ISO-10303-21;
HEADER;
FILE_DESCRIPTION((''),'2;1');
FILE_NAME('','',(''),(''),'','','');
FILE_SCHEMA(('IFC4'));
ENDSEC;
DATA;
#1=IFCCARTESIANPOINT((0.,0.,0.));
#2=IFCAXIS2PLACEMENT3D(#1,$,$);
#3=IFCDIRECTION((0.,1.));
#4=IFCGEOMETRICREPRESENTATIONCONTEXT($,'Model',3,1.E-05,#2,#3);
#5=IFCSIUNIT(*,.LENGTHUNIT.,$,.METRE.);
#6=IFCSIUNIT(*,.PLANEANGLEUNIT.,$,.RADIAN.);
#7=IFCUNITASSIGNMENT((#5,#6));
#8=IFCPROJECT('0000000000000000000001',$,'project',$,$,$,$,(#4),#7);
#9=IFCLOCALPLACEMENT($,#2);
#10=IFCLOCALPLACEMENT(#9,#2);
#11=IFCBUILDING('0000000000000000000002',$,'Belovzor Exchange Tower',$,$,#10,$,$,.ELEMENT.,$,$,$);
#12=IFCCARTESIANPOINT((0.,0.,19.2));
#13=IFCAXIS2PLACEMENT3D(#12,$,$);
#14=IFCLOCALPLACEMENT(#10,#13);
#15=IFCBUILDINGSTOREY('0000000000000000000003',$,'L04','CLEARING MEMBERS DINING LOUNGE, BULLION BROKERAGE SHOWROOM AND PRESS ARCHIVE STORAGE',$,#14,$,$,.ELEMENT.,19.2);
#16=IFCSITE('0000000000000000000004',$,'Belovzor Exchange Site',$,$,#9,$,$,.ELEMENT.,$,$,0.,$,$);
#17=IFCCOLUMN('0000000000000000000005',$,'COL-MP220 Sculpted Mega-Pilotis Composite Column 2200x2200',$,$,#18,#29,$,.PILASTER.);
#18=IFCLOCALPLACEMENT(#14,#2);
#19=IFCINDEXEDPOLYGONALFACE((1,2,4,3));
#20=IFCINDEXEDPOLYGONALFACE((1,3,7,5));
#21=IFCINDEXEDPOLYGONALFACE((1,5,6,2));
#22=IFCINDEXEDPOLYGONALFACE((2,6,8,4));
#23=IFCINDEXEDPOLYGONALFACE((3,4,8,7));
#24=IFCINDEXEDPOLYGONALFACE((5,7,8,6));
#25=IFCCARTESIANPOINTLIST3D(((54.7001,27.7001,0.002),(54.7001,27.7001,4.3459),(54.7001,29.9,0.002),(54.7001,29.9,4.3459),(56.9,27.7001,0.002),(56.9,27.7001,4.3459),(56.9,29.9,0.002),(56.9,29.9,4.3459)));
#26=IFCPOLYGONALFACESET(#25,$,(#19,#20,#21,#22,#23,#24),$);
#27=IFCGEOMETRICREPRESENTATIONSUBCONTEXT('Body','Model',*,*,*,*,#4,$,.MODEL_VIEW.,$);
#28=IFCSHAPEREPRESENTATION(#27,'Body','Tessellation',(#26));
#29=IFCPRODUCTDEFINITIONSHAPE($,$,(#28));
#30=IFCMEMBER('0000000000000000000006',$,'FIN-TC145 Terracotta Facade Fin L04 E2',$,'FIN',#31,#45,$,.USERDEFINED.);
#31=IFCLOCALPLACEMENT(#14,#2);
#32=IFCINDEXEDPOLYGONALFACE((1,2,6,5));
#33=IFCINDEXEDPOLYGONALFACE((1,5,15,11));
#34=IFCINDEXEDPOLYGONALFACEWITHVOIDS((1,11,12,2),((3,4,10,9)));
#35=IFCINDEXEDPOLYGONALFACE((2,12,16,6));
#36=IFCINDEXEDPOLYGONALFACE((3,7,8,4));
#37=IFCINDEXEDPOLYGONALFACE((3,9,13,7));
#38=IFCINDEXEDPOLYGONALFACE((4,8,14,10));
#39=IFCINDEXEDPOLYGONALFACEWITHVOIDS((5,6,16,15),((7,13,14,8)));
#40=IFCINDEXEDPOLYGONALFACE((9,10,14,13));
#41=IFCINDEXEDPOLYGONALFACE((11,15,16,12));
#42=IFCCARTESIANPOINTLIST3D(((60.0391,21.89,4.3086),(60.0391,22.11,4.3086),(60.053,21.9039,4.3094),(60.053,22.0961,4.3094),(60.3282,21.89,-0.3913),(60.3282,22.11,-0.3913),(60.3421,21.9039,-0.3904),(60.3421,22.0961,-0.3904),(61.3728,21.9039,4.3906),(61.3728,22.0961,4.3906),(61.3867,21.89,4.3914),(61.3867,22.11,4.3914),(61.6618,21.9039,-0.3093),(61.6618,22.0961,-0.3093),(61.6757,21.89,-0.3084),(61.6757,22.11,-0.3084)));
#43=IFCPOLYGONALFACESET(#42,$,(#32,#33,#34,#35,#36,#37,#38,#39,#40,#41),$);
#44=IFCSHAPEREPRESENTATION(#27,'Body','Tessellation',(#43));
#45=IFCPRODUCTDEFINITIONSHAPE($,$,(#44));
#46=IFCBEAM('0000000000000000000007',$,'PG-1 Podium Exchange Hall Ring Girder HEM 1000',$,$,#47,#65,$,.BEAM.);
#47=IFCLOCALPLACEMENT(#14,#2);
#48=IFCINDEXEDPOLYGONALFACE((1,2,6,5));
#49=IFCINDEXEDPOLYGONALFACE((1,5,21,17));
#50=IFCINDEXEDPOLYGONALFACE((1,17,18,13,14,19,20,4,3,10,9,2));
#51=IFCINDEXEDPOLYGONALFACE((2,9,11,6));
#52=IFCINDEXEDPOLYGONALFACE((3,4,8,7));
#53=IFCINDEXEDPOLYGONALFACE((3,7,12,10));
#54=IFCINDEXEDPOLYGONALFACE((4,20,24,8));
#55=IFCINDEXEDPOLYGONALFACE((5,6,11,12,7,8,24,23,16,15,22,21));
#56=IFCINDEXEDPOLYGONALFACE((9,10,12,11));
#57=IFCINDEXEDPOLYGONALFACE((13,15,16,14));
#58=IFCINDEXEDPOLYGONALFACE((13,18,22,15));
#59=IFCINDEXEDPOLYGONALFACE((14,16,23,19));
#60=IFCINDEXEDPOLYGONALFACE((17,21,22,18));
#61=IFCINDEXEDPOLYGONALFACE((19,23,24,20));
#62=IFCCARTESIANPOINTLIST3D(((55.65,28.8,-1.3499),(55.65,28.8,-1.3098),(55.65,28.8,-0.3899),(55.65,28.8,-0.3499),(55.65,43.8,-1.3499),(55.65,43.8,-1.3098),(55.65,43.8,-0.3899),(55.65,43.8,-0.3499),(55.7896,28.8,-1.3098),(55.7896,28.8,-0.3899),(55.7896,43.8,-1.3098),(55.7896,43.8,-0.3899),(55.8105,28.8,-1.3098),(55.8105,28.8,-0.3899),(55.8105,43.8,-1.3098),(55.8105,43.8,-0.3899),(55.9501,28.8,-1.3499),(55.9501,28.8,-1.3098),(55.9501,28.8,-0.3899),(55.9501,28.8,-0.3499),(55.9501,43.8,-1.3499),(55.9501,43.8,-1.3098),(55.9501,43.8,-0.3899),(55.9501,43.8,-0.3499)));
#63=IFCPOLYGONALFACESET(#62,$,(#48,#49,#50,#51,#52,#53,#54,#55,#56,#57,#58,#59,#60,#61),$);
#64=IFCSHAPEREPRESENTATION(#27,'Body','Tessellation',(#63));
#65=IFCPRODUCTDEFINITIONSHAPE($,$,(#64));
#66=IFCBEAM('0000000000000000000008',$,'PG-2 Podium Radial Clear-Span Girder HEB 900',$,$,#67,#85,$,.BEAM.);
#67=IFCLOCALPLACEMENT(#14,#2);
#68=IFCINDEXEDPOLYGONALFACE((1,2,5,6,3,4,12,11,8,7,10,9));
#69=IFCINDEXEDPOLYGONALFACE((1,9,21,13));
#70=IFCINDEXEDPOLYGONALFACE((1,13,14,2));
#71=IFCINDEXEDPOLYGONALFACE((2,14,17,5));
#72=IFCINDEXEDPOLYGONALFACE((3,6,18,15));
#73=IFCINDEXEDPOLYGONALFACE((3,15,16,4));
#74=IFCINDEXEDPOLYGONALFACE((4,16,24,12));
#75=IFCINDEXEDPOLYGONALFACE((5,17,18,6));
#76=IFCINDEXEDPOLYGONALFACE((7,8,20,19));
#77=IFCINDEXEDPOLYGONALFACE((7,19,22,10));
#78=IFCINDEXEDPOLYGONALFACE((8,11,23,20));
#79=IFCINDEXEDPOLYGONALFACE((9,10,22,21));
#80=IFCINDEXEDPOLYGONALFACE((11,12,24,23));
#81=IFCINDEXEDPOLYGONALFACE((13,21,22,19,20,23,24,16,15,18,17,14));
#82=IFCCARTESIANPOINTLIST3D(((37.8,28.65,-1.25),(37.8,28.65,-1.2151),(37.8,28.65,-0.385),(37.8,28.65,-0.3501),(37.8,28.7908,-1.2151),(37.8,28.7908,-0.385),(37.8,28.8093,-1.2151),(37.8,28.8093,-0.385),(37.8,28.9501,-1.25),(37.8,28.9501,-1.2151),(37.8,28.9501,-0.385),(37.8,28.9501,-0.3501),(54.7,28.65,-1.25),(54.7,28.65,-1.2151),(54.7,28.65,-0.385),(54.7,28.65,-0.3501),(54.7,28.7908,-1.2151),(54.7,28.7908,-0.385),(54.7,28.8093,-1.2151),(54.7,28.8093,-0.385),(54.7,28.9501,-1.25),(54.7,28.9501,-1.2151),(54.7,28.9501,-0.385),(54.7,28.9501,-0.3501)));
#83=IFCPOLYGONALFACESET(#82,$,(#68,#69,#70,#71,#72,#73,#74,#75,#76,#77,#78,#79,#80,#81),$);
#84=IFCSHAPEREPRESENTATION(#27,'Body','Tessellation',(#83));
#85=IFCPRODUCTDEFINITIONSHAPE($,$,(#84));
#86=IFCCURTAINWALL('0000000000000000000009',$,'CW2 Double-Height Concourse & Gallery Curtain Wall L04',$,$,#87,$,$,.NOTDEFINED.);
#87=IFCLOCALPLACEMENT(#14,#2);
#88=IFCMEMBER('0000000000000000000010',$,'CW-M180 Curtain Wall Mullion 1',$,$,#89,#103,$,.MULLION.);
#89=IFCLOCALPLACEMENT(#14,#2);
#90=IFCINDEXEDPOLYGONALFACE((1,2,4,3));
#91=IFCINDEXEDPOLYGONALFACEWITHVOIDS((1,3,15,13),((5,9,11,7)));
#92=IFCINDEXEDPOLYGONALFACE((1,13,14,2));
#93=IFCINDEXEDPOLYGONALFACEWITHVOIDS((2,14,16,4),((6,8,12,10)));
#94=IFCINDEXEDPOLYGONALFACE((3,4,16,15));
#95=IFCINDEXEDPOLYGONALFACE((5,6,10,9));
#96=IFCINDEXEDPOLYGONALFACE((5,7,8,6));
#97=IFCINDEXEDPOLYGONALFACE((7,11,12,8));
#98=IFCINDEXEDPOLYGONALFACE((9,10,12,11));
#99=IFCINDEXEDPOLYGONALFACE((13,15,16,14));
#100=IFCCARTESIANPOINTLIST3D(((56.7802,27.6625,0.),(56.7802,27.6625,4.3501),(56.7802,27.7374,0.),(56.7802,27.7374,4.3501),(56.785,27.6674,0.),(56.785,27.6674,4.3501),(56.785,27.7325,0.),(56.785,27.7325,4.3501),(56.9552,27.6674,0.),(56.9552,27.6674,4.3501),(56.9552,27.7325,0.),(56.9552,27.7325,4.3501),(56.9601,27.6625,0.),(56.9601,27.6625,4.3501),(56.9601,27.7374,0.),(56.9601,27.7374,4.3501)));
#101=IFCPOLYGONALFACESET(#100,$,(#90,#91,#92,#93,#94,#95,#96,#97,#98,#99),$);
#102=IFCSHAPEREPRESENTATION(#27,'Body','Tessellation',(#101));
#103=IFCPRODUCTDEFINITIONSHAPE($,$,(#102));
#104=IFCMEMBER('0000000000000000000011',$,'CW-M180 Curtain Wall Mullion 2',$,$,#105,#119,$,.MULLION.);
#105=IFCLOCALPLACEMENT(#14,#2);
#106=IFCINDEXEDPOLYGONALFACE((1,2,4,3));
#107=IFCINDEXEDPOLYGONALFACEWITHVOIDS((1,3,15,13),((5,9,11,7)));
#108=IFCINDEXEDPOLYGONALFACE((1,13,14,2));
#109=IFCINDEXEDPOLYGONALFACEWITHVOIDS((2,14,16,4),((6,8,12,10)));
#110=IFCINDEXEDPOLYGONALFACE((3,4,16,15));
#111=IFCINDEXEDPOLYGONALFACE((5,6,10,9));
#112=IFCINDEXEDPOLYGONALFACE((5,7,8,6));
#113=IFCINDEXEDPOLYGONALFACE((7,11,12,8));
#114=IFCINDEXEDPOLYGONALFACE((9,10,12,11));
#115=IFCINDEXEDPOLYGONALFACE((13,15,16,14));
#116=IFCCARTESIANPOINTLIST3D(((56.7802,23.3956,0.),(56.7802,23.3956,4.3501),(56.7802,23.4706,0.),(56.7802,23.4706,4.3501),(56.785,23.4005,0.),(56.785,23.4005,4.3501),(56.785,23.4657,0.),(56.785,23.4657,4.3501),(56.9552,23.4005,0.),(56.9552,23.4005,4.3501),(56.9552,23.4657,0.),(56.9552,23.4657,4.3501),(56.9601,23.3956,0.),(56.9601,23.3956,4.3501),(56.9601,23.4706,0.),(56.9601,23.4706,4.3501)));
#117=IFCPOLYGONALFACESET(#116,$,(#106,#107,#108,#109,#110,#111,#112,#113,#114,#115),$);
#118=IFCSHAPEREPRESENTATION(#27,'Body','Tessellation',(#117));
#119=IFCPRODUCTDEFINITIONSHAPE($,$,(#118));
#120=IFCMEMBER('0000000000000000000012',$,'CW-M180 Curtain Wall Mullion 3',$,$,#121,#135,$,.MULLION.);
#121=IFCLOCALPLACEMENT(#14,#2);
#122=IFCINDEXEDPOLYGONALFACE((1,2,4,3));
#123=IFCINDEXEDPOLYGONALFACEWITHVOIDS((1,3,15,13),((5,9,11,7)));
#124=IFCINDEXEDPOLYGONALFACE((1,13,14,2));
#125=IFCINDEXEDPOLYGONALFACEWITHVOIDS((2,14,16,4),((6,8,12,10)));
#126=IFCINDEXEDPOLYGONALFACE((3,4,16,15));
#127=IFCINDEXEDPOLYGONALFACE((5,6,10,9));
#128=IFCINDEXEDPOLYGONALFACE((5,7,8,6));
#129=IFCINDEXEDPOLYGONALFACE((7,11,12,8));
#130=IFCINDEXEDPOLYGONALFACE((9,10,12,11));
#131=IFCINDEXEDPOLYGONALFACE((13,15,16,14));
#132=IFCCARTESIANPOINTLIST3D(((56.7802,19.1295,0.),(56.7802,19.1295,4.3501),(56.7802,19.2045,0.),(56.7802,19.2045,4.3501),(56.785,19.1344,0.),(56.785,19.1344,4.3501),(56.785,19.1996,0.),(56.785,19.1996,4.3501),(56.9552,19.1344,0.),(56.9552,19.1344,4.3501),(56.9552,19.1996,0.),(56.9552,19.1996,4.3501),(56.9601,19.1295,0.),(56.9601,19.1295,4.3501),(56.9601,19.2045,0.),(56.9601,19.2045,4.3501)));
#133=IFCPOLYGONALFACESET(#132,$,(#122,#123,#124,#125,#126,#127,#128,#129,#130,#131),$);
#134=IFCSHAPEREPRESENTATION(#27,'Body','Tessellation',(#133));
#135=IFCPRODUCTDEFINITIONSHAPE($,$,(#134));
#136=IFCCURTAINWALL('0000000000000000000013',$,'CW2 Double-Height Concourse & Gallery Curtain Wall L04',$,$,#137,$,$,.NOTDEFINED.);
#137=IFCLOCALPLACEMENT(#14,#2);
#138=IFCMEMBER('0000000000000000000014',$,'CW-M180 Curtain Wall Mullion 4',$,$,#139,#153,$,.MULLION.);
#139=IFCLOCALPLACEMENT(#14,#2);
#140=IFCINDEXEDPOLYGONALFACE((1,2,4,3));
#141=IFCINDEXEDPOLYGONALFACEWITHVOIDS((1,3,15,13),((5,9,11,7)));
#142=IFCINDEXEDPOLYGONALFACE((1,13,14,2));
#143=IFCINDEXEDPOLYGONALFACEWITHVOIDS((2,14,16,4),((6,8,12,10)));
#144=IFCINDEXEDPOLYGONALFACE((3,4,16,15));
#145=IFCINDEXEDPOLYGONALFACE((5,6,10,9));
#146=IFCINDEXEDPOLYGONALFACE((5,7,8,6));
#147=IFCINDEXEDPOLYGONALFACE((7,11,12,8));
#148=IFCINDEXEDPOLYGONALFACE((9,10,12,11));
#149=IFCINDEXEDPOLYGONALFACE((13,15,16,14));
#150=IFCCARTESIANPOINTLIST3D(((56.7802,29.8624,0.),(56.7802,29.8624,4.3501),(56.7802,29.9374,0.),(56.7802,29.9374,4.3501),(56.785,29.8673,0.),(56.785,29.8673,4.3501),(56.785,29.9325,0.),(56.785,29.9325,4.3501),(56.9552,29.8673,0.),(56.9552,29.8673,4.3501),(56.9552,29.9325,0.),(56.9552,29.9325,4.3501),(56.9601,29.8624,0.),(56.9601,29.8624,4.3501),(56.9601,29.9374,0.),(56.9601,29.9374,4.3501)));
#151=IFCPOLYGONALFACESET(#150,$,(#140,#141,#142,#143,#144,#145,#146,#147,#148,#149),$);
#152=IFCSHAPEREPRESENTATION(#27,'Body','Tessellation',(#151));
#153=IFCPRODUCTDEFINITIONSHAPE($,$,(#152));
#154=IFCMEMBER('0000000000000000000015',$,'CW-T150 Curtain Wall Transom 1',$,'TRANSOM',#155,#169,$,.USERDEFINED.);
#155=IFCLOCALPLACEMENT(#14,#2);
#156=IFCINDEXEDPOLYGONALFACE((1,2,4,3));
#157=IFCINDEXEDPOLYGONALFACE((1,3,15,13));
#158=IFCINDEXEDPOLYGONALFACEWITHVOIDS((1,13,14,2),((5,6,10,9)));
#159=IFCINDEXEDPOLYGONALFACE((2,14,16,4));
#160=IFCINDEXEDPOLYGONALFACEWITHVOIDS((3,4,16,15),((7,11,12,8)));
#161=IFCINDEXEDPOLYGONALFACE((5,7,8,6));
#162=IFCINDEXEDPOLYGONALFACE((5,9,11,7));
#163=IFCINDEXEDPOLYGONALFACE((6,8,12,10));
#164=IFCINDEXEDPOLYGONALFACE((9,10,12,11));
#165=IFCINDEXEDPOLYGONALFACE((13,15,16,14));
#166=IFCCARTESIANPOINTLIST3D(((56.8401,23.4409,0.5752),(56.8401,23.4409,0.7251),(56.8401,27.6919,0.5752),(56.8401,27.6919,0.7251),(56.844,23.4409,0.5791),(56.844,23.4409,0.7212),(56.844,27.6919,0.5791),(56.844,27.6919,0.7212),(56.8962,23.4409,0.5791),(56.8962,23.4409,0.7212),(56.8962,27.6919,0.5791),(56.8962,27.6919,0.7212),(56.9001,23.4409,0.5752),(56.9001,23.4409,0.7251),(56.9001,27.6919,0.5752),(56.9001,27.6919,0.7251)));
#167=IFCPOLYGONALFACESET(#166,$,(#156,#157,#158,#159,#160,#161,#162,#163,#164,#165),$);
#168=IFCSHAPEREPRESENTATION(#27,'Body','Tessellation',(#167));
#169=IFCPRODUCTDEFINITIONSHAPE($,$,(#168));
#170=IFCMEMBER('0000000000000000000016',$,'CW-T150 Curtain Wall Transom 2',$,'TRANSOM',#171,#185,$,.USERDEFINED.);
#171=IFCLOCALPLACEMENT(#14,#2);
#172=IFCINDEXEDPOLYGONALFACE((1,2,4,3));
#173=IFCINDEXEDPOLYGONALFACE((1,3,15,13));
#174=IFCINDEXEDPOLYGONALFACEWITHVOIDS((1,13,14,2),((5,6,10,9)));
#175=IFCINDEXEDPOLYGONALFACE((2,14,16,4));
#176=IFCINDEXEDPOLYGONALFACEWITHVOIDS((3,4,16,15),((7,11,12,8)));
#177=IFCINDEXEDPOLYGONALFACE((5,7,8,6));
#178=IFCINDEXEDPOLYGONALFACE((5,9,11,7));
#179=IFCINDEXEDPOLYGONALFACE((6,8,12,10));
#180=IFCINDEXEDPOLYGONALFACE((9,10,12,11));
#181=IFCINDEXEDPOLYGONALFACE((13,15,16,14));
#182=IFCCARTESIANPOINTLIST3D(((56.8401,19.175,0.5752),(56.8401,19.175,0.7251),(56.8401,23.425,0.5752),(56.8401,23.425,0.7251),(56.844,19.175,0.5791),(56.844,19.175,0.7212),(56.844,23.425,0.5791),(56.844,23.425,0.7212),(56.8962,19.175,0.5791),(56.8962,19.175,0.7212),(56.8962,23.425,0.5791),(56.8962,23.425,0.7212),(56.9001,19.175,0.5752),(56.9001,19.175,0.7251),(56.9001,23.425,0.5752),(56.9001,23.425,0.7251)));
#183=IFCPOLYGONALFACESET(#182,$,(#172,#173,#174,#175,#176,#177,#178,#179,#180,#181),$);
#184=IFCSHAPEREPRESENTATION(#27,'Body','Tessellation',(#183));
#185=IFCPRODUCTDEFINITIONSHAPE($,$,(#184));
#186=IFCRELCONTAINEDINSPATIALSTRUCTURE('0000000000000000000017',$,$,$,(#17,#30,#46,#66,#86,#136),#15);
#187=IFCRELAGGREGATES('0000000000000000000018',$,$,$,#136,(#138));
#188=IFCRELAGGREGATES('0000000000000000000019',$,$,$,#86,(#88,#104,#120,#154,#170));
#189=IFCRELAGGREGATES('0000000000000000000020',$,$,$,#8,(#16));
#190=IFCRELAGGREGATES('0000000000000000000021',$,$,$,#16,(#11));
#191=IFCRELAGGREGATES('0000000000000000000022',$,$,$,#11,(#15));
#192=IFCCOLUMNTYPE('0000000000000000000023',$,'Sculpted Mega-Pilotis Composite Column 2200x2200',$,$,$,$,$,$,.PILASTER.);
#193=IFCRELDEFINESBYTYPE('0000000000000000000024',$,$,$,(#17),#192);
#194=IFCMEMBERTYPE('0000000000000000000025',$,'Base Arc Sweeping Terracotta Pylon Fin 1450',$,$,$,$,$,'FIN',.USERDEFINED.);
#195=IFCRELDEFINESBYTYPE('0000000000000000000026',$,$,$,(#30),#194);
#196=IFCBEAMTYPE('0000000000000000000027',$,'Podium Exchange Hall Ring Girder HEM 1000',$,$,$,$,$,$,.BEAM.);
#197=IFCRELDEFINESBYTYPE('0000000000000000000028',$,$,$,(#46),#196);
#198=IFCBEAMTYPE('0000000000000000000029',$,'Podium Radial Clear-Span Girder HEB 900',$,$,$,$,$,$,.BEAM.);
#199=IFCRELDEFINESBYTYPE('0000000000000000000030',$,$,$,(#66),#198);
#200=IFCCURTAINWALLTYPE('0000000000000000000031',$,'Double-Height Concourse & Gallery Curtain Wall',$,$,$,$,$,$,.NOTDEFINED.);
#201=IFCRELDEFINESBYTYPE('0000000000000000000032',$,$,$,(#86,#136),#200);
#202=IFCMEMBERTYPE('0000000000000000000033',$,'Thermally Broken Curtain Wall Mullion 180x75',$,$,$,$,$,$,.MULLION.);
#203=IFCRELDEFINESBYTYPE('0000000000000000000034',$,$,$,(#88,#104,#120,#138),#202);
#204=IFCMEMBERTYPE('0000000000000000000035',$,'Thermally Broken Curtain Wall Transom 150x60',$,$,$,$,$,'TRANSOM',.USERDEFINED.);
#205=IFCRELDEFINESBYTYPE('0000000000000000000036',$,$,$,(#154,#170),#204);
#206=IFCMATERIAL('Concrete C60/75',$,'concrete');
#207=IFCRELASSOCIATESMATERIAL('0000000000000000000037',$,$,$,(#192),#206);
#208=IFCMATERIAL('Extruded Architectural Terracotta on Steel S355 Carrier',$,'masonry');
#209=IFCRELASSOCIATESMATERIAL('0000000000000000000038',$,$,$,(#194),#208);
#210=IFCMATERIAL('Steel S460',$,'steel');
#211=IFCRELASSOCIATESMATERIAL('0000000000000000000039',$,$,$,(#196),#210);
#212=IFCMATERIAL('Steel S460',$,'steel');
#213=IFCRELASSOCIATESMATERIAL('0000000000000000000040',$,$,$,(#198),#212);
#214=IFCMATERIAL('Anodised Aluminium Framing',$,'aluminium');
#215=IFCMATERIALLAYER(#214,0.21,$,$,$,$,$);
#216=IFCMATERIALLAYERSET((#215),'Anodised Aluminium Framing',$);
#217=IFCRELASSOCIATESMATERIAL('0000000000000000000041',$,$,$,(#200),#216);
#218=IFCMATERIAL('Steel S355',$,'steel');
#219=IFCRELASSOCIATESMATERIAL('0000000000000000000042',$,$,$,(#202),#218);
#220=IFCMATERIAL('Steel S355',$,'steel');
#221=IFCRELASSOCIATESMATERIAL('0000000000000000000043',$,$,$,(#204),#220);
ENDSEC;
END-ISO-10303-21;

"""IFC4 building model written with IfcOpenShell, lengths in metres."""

from ifc_helpers import new_model, si_unit, direction, frame, origin, origin_2d, place, context, subcontext, project, spatial, rectangle, hollow_rectangle, i_section, extrude, material, layer, layer_set, material_profile, profile_set, type_object, element, aggregate, save


model = new_model("IFC4")

# Units and contexts
model_context = context("Model", 3, precision=1e-05, world=origin(), true_north=direction((0.0, 1.0)))
body_context = subcontext(model_context, "Body", "Model", "MODEL_VIEW")
ifc_project = project(units=[si_unit("LENGTHUNIT", "METRE"), si_unit("PLANEANGLEUNIT", "RADIAN")], contexts=[model_context])

# Site, building, storey
site_placement = place(None, origin())
site = spatial("IfcSite", under=ifc_project, at=site_placement, Name="Belovzor Exchange Site", CompositionType="ELEMENT", RefElevation=0.0)
building_placement = place(site_placement, origin())
building = spatial("IfcBuilding", under=site, at=building_placement, Name="Belovzor Exchange Tower", CompositionType="ELEMENT")
storey_placement = place(building_placement, frame((0.0, 0.0, 19.2)))
storey = spatial("IfcBuildingStorey", under=building, at=storey_placement, Name="L04", Description="CLEARING MEMBERS DINING LOUNGE, BULLION BROKERAGE SHOWROOM AND PRESS ARCHIVE STORAGE", CompositionType="ELEMENT", Elevation=19.2)

# Column
ifc_material_1 = material(Name="Concrete C60/75", Category="concrete")
ifc_material_profile_1 = material_profile(ifc_material_1, rectangle(XDim=2.2, YDim=2.2, at=origin_2d()))
ifc_profile_set_1 = profile_set([ifc_material_profile_1], Name="Concrete C60/75")
column_type = type_object("IfcColumnType", Name="Sculpted Mega-Pilotis Composite Column 2200x2200", PredefinedType="PILASTER", material=ifc_profile_set_1)
column_placement = place(storey_placement, frame((55.8, 28.8, 0.002), z_axis=(0.0, 0.0, 1.0), x_axis=(1.0, 0.0, 0.0)))
element("IfcColumn", 1, at=column_placement, inside=storey, type_object=column_type, Name="COL-MP220 Sculpted Mega-Pilotis Composite Column 2200x2200", PredefinedType="PILASTER", context=body_context, shape_type="SweptSolid", body=[
    extrude(rectangle(XDim=2.2, YDim=2.2, at=origin_2d()), origin(), (0.0, 0.0, 1.0), 4.344),
])

# Member
ifc_material_2 = material(Name="Extruded Architectural Terracotta on Steel S355 Carrier", Category="masonry")
ifc_material_profile_2 = material_profile(ifc_material_2, hollow_rectangle(XDim=0.22, YDim=1.3501, WallThickness=0.0139, at=origin_2d()))
ifc_profile_set_2 = profile_set([ifc_material_profile_2], Name="Extruded Architectural Terracotta on Steel S355 Carrier")
member_type_1 = type_object("IfcMemberType", Name="Base Arc Sweeping Terracotta Pylon Fin 1450", ElementType="FIN", PredefinedType="USERDEFINED", material=ifc_profile_set_2)
member_1_placement = place(storey_placement, frame((61.002, 22.0, -0.3499), z_axis=(-0.061387, 0.0, 0.998114), x_axis=(0.0, -1.0, 0.0)))
element("IfcMember", 2, at=member_1_placement, inside=storey, type_object=member_type_1, Name="FIN-TC145 Terracotta Facade Fin L04 E2", ObjectType="FIN", PredefinedType="USERDEFINED", context=body_context, shape_type="SweptSolid", body=[
    extrude(hollow_rectangle(XDim=0.22, YDim=1.3501, WallThickness=0.0139, at=origin_2d()), origin(), (0.0, 0.0, 1.0), 4.7087),
])

# Beams
ifc_material_3 = material(Name="Steel S460", Category="steel")
ifc_material_profile_3 = material_profile(ifc_material_3, i_section(OverallWidth=0.3, OverallDepth=1.0, WebThickness=0.021, FlangeThickness=0.04, at=origin_2d()))
ifc_profile_set_3 = profile_set([ifc_material_profile_3], Name="Steel S460")
beam_type_1 = type_object("IfcBeamType", Name="Podium Exchange Hall Ring Girder HEM 1000", PredefinedType="BEAM", material=ifc_profile_set_3)
beam_1_placement = place(storey_placement, frame((55.8, 28.8, -0.8499), z_axis=(0.0, 1.0, 0.0), x_axis=(-1.0, 0.0, 0.0)))
element("IfcBeam", 3, at=beam_1_placement, inside=storey, type_object=beam_type_1, Name="PG-1 Podium Exchange Hall Ring Girder HEM 1000", PredefinedType="BEAM", context=body_context, shape_type="SweptSolid", body=[
    extrude(i_section(OverallWidth=0.3, OverallDepth=1.0, WebThickness=0.021, FlangeThickness=0.04, at=origin_2d()), origin(), (0.0, 0.0, 1.0), 15.0),
])
ifc_material_4 = material(Name="Steel S460", Category="steel")
ifc_material_profile_4 = material_profile(ifc_material_4, i_section(OverallWidth=0.3, OverallDepth=0.8999, WebThickness=0.0186, FlangeThickness=0.0349, at=origin_2d()))
ifc_profile_set_4 = profile_set([ifc_material_profile_4], Name="Steel S460")
beam_type_2 = type_object("IfcBeamType", Name="Podium Radial Clear-Span Girder HEB 900", PredefinedType="BEAM", material=ifc_profile_set_4)
beam_2_placement = place(storey_placement, frame((37.8, 28.8, -0.8), z_axis=(1.0, 0.0, 0.0), x_axis=(0.0, 1.0, 0.0)))
element("IfcBeam", 4, at=beam_2_placement, inside=storey, type_object=beam_type_2, Name="PG-2 Podium Radial Clear-Span Girder HEB 900", PredefinedType="BEAM", context=body_context, shape_type="SweptSolid", body=[
    extrude(i_section(OverallWidth=0.3, OverallDepth=0.8999, WebThickness=0.0186, FlangeThickness=0.0349, at=origin_2d()), origin(), (0.0, 0.0, 1.0), 16.8999),
])

# Curtain wall, members
ifc_material_5 = material(Name="Anodised Aluminium Framing", Category="aluminium")
ifc_layer_1 = layer(ifc_material_5, 0.21)
ifc_layer_set_1 = layer_set([ifc_layer_1], Name="Anodised Aluminium Framing")
curtain_wall_type = type_object("IfcCurtainWallType", Name="Double-Height Concourse & Gallery Curtain Wall", PredefinedType="NOTDEFINED", material=ifc_layer_set_1)
curtain_wall_1_placement = place(storey_placement, origin())
curtain_wall_1 = element("IfcCurtainWall", 5, at=curtain_wall_1_placement, inside=storey, type_object=curtain_wall_type, Name="CW2 Double-Height Concourse & Gallery Curtain Wall L04", PredefinedType="NOTDEFINED")
ifc_material_6 = material(Name="Steel S355", Category="steel")
ifc_material_profile_5 = material_profile(ifc_material_6, hollow_rectangle(XDim=0.075, YDim=0.1799, WallThickness=0.0049, at=origin_2d()))
ifc_profile_set_5 = profile_set([ifc_material_profile_5], Name="Steel S355")
member_type_2 = type_object("IfcMemberType", Name="Thermally Broken Curtain Wall Mullion 180x75", PredefinedType="MULLION", material=ifc_profile_set_5)
member_2_placement = place(storey_placement, frame((56.8701, 27.7, 0.0), z_axis=(0.0, 0.0, 1.0), x_axis=(0.0, -1.0, 0.0)))
member_2 = element("IfcMember", 6, at=member_2_placement, type_object=member_type_2, Name="CW-M180 Curtain Wall Mullion 1", PredefinedType="MULLION", context=body_context, shape_type="SweptSolid", body=[
    extrude(hollow_rectangle(XDim=0.075, YDim=0.1799, WallThickness=0.0049, at=origin_2d()), origin(), (0.0, 0.0, 1.0), 4.3501),
])
member_3_placement = place(storey_placement, frame((56.8701, 23.4331, 0.0), z_axis=(0.0, 0.0, 1.0), x_axis=(0.0, -1.0, 0.0)))
member_3 = element("IfcMember", 7, at=member_3_placement, type_object=member_type_2, Name="CW-M180 Curtain Wall Mullion 2", PredefinedType="MULLION", context=body_context, shape_type="SweptSolid", body=[
    extrude(hollow_rectangle(XDim=0.075, YDim=0.1799, WallThickness=0.0049, at=origin_2d()), origin(), (0.0, 0.0, 1.0), 4.3501),
])
member_4_placement = place(storey_placement, frame((56.8701, 19.167, 0.0), z_axis=(0.0, 0.0, 1.0), x_axis=(0.0, -1.0, 0.0)))
member_4 = element("IfcMember", 8, at=member_4_placement, type_object=member_type_2, Name="CW-M180 Curtain Wall Mullion 3", PredefinedType="MULLION", context=body_context, shape_type="SweptSolid", body=[
    extrude(hollow_rectangle(XDim=0.075, YDim=0.1799, WallThickness=0.0049, at=origin_2d()), origin(), (0.0, 0.0, 1.0), 4.3501),
])

# Curtain wall, member
curtain_wall_2_placement = place(storey_placement, origin())
curtain_wall_2 = element("IfcCurtainWall", 9, at=curtain_wall_2_placement, inside=storey, type_object=curtain_wall_type, Name="CW2 Double-Height Concourse & Gallery Curtain Wall L04", PredefinedType="NOTDEFINED")
member_5_placement = place(storey_placement, frame((56.8701, 29.8999, 0.0), z_axis=(0.0, 0.0, 1.0), x_axis=(0.0, -1.0, 0.0)))
member_5 = element("IfcMember", 10, at=member_5_placement, type_object=member_type_2, Name="CW-M180 Curtain Wall Mullion 4", PredefinedType="MULLION", context=body_context, shape_type="SweptSolid", body=[
    extrude(hollow_rectangle(XDim=0.075, YDim=0.1799, WallThickness=0.0049, at=origin_2d()), origin(), (0.0, 0.0, 1.0), 4.3501),
])
aggregate(curtain_wall_2, [member_5])

# Members
ifc_material_7 = material(Name="Steel S355", Category="steel")
ifc_material_profile_6 = material_profile(ifc_material_7, hollow_rectangle(XDim=0.0601, YDim=0.1499, WallThickness=0.0039, at=origin_2d()))
ifc_profile_set_6 = profile_set([ifc_material_profile_6], Name="Steel S355")
member_type_3 = type_object("IfcMemberType", Name="Thermally Broken Curtain Wall Transom 150x60", ElementType="TRANSOM", PredefinedType="USERDEFINED", material=ifc_profile_set_6)
member_6_placement = place(storey_placement, frame((56.8701, 27.6919, 0.6501), z_axis=(0.0, -1.0, 0.0), x_axis=(1.0, 0.0, 0.0)))
member_6 = element("IfcMember", 11, at=member_6_placement, type_object=member_type_3, Name="CW-T150 Curtain Wall Transom 1", ObjectType="TRANSOM", PredefinedType="USERDEFINED", context=body_context, shape_type="SweptSolid", body=[
    extrude(hollow_rectangle(XDim=0.0601, YDim=0.1499, WallThickness=0.0039, at=origin_2d()), origin(), (0.0, 0.0, 1.0), 4.251),
])
member_7_placement = place(storey_placement, frame((56.8701, 23.425, 0.6501), z_axis=(0.0, -1.0, 0.0), x_axis=(1.0, 0.0, 0.0)))
member_7 = element("IfcMember", 12, at=member_7_placement, type_object=member_type_3, Name="CW-T150 Curtain Wall Transom 2", ObjectType="TRANSOM", PredefinedType="USERDEFINED", context=body_context, shape_type="SweptSolid", body=[
    extrude(hollow_rectangle(XDim=0.0601, YDim=0.1499, WallThickness=0.0039, at=origin_2d()), origin(), (0.0, 0.0, 1.0), 4.25),
])

aggregate(curtain_wall_1, [member_2, member_3, member_4, member_6, member_7])

save(model, "model.ifc")
